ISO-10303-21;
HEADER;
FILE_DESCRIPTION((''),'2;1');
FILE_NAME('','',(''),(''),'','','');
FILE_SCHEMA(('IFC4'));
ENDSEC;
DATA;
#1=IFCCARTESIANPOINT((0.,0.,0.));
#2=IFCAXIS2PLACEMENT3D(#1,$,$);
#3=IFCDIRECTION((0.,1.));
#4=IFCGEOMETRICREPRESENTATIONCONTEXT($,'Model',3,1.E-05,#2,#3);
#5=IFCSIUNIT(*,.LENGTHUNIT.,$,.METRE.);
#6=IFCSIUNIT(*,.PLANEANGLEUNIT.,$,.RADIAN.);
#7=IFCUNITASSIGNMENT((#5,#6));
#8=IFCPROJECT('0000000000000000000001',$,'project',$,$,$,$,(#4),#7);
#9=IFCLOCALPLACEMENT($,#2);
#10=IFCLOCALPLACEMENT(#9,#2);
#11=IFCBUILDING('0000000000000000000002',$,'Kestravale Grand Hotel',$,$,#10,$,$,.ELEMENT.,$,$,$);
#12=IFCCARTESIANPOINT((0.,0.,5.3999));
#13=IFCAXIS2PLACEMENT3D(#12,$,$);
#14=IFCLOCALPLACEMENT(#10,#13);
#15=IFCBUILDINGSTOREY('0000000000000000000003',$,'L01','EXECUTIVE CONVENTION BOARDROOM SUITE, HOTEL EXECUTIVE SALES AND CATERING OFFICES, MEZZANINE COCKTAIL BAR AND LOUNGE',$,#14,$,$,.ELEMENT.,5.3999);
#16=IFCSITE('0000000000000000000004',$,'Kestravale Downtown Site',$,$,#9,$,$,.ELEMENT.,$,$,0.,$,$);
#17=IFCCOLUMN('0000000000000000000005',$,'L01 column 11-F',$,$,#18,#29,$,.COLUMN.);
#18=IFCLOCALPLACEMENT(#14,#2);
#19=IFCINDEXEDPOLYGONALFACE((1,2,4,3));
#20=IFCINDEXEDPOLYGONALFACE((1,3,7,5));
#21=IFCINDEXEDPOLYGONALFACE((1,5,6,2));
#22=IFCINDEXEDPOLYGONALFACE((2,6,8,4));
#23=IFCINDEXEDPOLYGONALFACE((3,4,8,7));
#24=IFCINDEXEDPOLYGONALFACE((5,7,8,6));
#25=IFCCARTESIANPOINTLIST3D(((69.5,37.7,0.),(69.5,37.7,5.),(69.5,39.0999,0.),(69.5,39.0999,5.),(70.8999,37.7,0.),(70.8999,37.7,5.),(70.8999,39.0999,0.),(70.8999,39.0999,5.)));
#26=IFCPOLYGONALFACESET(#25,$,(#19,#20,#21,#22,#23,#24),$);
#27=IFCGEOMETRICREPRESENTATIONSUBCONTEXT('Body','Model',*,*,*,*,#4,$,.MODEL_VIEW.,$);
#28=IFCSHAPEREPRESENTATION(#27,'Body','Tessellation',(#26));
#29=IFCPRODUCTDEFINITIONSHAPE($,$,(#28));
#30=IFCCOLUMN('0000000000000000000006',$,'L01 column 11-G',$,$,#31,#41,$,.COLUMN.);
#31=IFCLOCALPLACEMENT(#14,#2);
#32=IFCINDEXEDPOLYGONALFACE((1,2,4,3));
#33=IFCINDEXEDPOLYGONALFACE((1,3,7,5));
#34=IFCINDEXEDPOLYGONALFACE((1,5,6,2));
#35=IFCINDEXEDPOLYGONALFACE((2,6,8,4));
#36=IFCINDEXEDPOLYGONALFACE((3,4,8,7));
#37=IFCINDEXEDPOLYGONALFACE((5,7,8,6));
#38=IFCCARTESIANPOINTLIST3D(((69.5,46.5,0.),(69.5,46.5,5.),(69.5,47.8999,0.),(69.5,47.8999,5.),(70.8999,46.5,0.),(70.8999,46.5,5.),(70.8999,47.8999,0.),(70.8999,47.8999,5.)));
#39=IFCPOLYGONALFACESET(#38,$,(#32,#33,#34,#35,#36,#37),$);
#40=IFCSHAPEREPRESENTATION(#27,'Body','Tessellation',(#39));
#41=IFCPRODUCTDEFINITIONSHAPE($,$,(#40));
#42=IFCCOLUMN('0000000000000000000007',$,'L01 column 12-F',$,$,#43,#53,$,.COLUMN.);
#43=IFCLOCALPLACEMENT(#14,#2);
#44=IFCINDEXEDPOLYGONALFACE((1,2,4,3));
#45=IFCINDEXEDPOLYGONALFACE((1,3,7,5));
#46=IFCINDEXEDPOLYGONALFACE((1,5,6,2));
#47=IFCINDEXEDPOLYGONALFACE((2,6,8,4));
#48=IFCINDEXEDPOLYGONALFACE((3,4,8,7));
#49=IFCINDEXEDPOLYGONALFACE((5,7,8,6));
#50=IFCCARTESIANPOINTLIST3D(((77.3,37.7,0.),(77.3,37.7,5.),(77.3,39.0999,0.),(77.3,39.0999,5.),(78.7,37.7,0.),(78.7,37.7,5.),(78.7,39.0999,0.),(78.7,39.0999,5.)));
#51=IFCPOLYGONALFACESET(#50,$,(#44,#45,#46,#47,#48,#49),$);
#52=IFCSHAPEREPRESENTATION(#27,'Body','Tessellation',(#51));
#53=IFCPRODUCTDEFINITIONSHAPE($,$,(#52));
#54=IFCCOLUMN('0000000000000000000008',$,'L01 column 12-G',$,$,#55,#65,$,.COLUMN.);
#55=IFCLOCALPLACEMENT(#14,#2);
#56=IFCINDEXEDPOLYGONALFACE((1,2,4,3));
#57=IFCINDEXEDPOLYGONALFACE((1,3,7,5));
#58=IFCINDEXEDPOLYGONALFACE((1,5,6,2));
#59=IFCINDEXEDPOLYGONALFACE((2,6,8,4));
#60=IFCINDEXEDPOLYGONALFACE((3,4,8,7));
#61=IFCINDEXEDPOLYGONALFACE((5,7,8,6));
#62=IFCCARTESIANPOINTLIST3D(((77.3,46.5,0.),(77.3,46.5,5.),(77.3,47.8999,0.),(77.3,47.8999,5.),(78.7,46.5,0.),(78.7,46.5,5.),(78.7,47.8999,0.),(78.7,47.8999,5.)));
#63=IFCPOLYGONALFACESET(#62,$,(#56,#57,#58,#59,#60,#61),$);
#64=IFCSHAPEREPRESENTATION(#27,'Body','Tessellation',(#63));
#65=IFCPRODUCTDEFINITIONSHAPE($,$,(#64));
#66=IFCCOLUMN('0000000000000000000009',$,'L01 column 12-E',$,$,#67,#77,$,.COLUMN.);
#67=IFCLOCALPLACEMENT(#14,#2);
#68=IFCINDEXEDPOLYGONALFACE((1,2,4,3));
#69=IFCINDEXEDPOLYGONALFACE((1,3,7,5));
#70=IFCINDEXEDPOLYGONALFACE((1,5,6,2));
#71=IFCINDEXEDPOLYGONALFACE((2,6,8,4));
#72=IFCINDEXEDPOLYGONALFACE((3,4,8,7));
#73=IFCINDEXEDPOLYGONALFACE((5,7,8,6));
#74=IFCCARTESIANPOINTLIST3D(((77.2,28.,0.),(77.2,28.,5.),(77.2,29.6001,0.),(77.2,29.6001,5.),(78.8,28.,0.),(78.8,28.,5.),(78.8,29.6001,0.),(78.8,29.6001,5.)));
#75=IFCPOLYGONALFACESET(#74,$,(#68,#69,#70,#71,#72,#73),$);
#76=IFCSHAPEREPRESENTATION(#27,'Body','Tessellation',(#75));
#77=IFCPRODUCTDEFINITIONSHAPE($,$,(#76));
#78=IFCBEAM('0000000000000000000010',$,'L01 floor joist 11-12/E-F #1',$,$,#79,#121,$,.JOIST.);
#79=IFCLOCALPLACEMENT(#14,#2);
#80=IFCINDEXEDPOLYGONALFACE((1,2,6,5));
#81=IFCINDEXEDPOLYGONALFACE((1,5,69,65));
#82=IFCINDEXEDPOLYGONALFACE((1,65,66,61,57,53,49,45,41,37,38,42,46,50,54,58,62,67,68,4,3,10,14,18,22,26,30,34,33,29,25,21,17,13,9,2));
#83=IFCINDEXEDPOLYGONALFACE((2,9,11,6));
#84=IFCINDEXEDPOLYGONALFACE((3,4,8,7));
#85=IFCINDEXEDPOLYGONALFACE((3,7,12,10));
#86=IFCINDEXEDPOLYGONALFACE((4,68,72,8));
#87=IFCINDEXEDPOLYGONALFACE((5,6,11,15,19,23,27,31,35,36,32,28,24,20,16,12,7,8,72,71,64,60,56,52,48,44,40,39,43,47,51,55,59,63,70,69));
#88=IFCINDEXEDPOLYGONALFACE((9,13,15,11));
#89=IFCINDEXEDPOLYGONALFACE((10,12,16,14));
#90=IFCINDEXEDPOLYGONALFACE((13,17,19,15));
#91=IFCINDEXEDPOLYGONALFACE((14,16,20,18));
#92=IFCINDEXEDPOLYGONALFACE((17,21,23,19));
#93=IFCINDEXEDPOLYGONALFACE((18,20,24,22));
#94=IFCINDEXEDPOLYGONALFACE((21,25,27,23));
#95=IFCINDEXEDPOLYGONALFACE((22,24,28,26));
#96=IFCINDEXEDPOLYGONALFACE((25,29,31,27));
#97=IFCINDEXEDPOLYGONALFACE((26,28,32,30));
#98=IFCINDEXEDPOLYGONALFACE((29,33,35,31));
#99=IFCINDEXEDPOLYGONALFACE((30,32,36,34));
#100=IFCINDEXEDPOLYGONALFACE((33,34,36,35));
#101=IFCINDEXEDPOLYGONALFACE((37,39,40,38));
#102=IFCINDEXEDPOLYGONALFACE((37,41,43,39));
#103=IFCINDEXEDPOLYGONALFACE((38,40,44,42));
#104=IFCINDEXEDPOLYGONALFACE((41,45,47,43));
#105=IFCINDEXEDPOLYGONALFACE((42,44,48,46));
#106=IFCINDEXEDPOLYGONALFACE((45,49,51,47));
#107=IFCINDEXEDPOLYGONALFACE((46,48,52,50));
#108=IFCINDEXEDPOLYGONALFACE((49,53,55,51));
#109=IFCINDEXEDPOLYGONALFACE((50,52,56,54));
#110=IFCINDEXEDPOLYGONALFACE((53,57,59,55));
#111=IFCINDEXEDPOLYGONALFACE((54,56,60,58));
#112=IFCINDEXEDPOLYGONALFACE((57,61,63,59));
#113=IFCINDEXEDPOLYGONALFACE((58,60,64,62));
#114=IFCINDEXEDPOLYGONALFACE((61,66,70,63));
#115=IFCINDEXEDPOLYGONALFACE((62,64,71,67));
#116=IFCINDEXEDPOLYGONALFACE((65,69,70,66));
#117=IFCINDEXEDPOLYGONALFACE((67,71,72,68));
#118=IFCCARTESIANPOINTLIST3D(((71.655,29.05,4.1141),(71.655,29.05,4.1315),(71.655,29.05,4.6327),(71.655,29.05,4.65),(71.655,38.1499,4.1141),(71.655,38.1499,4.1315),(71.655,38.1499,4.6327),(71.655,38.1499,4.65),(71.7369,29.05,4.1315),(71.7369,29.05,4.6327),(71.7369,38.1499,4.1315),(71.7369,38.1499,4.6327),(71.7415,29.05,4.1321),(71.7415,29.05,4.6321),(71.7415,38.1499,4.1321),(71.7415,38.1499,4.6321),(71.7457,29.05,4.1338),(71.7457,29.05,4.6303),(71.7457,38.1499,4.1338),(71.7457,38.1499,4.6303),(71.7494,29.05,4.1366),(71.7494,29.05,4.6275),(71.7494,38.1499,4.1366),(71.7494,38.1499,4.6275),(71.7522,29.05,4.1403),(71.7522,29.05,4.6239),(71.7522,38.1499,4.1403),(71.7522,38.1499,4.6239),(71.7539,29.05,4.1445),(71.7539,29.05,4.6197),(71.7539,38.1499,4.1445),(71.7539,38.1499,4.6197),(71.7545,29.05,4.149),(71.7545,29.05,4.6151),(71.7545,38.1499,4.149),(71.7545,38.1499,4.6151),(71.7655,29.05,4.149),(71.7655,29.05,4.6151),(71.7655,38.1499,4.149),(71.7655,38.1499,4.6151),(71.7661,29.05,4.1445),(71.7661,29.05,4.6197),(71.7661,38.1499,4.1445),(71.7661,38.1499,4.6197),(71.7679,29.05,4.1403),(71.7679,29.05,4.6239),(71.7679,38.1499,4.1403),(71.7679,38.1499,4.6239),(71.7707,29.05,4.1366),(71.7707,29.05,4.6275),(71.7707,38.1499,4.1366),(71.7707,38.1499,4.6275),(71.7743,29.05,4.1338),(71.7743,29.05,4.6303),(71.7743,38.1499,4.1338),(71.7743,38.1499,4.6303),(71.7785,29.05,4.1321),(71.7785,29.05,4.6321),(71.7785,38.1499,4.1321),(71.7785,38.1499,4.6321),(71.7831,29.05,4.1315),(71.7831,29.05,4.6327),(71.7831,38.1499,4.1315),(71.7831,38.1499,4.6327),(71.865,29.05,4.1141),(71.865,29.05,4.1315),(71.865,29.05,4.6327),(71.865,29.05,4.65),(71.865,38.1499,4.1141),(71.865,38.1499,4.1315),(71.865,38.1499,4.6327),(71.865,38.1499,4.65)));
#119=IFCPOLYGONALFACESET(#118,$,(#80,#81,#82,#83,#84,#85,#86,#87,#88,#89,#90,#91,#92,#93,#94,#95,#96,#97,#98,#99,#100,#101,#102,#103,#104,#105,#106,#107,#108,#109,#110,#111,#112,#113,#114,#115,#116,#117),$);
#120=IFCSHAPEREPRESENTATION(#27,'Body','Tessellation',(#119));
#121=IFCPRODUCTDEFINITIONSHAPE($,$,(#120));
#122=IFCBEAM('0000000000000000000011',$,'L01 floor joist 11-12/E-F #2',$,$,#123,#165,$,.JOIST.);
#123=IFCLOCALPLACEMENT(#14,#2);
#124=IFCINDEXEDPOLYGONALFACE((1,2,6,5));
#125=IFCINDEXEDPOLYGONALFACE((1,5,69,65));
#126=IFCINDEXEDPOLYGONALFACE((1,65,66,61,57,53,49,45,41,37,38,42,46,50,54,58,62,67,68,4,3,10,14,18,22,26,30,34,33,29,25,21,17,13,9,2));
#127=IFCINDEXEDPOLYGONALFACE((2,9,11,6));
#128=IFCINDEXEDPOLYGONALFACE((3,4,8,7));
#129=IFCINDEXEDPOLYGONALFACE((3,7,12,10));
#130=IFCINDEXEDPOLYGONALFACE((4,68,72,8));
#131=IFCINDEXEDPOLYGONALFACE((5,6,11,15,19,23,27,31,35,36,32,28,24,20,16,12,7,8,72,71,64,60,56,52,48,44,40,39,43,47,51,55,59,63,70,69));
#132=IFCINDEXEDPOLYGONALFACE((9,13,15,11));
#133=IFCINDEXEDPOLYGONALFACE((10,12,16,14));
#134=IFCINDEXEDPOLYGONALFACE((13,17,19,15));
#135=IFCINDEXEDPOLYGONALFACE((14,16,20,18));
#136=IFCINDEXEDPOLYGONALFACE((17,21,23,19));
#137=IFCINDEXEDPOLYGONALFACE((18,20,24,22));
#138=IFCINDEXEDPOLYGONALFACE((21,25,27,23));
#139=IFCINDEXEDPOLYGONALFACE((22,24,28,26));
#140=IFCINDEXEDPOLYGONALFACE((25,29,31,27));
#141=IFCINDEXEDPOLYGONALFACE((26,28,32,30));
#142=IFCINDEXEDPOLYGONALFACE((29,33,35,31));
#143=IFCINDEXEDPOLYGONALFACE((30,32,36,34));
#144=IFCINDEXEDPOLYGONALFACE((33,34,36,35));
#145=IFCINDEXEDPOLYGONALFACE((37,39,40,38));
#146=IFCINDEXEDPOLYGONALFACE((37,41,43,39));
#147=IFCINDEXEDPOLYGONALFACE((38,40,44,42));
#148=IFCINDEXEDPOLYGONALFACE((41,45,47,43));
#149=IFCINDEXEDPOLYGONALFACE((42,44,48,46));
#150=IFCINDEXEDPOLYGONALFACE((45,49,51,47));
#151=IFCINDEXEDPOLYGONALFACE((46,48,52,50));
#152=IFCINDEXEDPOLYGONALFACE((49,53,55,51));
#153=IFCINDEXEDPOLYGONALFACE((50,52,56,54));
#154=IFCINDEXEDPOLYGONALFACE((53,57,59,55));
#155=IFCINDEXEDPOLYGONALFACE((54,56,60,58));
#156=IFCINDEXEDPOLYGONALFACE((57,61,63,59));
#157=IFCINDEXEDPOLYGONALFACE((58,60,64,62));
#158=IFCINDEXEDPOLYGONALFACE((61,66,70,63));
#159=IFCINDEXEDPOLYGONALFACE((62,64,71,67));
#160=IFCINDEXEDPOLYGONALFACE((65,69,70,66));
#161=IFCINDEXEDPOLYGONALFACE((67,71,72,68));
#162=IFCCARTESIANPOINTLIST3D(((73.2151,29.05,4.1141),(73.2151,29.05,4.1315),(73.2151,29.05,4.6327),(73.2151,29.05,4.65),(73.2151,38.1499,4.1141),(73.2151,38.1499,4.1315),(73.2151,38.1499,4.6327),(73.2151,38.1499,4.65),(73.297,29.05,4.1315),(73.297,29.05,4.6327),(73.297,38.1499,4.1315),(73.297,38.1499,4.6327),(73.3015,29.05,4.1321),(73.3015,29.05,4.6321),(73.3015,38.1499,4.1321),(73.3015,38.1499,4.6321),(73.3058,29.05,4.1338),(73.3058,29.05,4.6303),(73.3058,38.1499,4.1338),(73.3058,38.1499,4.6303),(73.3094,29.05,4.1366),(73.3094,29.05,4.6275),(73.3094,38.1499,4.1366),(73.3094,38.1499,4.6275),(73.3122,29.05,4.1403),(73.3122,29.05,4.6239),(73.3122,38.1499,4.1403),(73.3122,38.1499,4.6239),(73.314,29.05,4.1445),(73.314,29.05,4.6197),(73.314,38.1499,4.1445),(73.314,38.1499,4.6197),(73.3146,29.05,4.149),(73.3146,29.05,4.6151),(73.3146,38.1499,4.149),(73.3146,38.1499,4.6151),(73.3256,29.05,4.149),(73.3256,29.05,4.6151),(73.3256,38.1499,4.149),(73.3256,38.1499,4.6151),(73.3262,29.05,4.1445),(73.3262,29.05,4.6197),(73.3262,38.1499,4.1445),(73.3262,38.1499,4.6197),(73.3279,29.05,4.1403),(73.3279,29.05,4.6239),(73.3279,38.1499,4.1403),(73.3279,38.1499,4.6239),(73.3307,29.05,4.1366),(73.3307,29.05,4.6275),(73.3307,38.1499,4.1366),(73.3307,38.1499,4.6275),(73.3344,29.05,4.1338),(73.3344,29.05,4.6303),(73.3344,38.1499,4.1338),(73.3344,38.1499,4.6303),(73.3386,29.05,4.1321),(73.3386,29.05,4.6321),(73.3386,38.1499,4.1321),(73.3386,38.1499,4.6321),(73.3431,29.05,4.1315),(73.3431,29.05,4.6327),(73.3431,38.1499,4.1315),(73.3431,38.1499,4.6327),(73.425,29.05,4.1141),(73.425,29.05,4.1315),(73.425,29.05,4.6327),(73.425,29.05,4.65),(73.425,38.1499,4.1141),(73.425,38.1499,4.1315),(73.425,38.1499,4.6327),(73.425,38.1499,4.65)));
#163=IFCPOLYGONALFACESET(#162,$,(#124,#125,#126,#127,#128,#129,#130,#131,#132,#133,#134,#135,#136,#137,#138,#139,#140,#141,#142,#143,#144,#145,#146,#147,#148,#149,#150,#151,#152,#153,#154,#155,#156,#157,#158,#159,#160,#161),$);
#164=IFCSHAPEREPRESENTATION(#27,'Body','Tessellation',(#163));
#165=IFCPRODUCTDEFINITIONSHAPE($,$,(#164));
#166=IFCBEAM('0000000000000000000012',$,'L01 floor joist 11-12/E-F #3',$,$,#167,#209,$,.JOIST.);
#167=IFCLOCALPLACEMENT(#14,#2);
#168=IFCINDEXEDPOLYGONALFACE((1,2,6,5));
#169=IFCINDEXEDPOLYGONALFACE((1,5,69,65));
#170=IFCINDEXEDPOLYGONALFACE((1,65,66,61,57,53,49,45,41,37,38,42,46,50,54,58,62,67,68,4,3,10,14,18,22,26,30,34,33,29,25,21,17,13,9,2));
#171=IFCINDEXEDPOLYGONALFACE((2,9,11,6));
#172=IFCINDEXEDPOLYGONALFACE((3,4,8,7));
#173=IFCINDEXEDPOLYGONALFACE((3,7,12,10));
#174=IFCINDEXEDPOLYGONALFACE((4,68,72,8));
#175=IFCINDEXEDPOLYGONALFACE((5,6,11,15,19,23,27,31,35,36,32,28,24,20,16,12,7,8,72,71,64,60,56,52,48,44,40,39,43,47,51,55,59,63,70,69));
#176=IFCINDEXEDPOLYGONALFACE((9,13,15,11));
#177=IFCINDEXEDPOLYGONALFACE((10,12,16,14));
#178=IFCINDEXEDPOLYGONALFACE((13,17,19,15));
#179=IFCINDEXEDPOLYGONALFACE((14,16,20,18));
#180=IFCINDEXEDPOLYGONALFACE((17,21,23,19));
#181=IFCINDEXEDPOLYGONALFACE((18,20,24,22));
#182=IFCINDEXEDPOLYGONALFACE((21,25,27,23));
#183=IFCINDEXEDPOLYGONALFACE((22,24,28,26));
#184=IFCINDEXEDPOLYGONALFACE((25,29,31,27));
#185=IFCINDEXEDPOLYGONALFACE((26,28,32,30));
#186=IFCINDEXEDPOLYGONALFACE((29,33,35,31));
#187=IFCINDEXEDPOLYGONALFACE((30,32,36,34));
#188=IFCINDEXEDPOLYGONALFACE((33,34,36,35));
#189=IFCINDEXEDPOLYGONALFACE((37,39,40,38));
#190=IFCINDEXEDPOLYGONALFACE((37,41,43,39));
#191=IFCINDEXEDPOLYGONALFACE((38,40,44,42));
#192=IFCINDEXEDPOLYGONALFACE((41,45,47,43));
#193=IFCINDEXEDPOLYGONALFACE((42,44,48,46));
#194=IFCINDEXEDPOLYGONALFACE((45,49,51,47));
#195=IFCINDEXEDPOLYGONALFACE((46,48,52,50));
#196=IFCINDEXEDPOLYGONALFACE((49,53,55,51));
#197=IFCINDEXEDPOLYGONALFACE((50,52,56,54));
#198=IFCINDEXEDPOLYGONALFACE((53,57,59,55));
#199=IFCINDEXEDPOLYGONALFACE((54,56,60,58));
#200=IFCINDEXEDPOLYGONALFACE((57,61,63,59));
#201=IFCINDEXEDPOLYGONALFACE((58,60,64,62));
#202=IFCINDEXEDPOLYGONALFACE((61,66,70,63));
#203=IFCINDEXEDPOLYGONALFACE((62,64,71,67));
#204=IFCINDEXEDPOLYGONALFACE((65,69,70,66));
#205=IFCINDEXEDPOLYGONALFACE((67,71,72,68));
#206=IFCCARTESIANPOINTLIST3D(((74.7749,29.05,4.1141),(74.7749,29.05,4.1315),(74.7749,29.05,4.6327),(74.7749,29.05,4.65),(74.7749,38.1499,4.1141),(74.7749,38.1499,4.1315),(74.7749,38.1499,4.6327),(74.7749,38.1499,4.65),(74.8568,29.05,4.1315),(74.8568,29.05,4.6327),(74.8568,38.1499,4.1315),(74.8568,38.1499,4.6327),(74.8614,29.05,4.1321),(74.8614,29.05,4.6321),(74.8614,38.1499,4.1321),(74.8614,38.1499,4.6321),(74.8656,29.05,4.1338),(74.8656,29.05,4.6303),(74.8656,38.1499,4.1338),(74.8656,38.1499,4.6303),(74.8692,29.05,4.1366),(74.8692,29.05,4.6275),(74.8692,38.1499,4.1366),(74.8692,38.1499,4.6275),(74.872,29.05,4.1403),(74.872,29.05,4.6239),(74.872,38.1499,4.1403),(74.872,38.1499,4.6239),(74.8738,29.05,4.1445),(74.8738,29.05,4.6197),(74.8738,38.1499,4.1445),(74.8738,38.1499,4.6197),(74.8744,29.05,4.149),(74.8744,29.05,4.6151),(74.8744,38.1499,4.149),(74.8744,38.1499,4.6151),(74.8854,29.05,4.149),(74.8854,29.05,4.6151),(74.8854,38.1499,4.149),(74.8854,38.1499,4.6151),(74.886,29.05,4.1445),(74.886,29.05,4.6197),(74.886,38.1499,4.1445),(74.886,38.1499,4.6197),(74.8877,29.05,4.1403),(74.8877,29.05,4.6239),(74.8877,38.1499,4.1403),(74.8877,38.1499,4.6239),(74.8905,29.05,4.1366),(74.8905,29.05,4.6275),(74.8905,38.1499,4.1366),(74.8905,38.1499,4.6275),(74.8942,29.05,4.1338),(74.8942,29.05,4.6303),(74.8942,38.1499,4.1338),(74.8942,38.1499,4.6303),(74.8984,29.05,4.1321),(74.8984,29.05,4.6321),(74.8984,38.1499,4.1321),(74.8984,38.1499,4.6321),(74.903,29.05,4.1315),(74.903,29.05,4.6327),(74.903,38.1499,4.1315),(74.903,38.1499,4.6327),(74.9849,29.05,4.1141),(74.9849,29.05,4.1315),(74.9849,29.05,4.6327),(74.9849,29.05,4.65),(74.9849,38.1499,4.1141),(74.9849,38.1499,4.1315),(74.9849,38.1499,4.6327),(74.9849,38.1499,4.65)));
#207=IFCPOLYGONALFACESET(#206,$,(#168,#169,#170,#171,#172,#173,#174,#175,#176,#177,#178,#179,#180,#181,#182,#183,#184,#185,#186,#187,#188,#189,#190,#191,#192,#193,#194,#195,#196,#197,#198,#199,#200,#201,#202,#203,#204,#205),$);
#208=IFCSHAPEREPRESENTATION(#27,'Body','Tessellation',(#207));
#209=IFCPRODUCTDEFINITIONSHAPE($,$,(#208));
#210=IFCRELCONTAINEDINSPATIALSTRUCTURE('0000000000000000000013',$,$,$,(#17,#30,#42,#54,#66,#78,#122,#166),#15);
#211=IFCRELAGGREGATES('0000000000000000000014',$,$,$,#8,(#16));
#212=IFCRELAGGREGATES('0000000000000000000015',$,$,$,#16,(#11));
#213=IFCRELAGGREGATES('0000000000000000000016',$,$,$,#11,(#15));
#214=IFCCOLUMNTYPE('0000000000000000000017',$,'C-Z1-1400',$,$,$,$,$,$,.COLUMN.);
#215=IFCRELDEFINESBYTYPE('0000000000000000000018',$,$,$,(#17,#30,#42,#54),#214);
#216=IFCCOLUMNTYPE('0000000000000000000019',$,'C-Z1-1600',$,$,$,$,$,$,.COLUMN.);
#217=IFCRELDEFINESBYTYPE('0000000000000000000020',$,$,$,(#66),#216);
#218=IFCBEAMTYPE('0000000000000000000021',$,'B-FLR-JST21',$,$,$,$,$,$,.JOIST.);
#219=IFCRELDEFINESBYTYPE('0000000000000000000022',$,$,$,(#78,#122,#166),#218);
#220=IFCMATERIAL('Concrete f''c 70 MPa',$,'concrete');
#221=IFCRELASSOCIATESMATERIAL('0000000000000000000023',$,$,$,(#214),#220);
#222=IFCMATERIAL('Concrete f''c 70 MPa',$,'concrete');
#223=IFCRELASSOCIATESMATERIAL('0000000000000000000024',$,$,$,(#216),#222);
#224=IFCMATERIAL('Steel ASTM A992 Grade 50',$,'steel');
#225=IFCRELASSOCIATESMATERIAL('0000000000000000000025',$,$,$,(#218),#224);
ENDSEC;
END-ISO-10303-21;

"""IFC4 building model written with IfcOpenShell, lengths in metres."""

from ifc_helpers import new_model, si_unit, direction, frame, origin, origin_2d, place, context, subcontext, project, spatial, rectangle, i_section, extrude, material, material_profile, profile_set, type_object, element, save


model = new_model("IFC4")

# Units and contexts
model_context = context("Model", 3, precision=1e-05, world=origin(), true_north=direction((0.0, 1.0)))
body_context = subcontext(model_context, "Body", "Model", "MODEL_VIEW")
ifc_project = project(units=[si_unit("LENGTHUNIT", "METRE"), si_unit("PLANEANGLEUNIT", "RADIAN")], contexts=[model_context])

# Site, building, storey
site_placement = place(None, origin())
site = spatial("IfcSite", under=ifc_project, at=site_placement, Name="Kestravale Downtown Site", CompositionType="ELEMENT", RefElevation=0.0)
building_placement = place(site_placement, origin())
building = spatial("IfcBuilding", under=site, at=building_placement, Name="Kestravale Grand Hotel", CompositionType="ELEMENT")
storey_placement = place(building_placement, frame((0.0, 0.0, 5.3999)))
storey = spatial("IfcBuildingStorey", under=building, at=storey_placement, Name="L01", Description="EXECUTIVE CONVENTION BOARDROOM SUITE, HOTEL EXECUTIVE SALES AND CATERING OFFICES, MEZZANINE COCKTAIL BAR AND LOUNGE", CompositionType="ELEMENT", Elevation=5.3999)

# Columns
ifc_material_1 = material(Name="Concrete f'c 70 MPa", Category="concrete")
ifc_material_profile_1 = material_profile(ifc_material_1, rectangle(XDim=1.3999, YDim=1.3999, at=origin_2d()))
ifc_profile_set_1 = profile_set([ifc_material_profile_1], Name="Concrete f'c 70 MPa")
column_type_1 = type_object("IfcColumnType", Name="C-Z1-1400", PredefinedType="COLUMN", material=ifc_profile_set_1)
for number, where, z_axis, x_axis, name in (
    (1, (70.2, 38.3999, 0.0), (0.0, 0.0, 1.0), (1.0, 0.0, 0.0), "L01 column 11-F"),
    (2, (70.2, 47.2, 0.0), (0.0, 0.0, 1.0), (1.0, 0.0, 0.0), "L01 column 11-G"),
    (3, (78.0, 38.3999, 0.0), (0.0, 0.0, 1.0), (1.0, 0.0, 0.0), "L01 column 12-F"),
    (4, (78.0, 47.2, 0.0), (0.0, 0.0, 1.0), (1.0, 0.0, 0.0), "L01 column 12-G"),
):
    element("IfcColumn", number, at=place(storey_placement, frame(where, z_axis=z_axis, x_axis=x_axis)), inside=storey, type_object=column_type_1, Name=name, PredefinedType="COLUMN", context=body_context, shape_type="SweptSolid", body=[
        extrude(rectangle(XDim=1.3999, YDim=1.3999, at=origin_2d()), origin(), (0.0, 0.0, 1.0), 5.0),
    ])
ifc_material_2 = material(Name="Concrete f'c 70 MPa", Category="concrete")
ifc_material_profile_2 = material_profile(ifc_material_2, rectangle(XDim=1.6001, YDim=1.6001, at=origin_2d()))
ifc_profile_set_2 = profile_set([ifc_material_profile_2], Name="Concrete f'c 70 MPa")
column_type_2 = type_object("IfcColumnType", Name="C-Z1-1600", PredefinedType="COLUMN", material=ifc_profile_set_2)
column_placement = place(storey_placement, frame((78.0, 28.8, 0.0), z_axis=(0.0, 0.0, 1.0), x_axis=(1.0, 0.0, 0.0)))
element("IfcColumn", 5, at=column_placement, inside=storey, type_object=column_type_2, Name="L01 column 12-E", PredefinedType="COLUMN", context=body_context, shape_type="SweptSolid", body=[
    extrude(rectangle(XDim=1.6001, YDim=1.6001, at=origin_2d()), origin(), (0.0, 0.0, 1.0), 5.0),
])

# Beams
ifc_material_3 = material(Name="Steel ASTM A992 Grade 50", Category="steel")
ifc_material_profile_3 = material_profile(ifc_material_3, i_section(OverallWidth=0.21, OverallDepth=0.5359, WebThickness=0.011, FlangeThickness=0.0173, FilletRadius=0.0176, at=origin_2d()))
ifc_profile_set_3 = profile_set([ifc_material_profile_3], Name="Steel ASTM A992 Grade 50")
beam_type_1 = type_object("IfcBeamType", Name="B-FLR-JST21", PredefinedType="JOIST", material=ifc_profile_set_3)
for number, where, z_axis, x_axis, name in (
    (6, (71.76, 29.05, 4.3821), (0.0, 1.0, 0.0), (-1.0, 0.0, 0.0), "L01 floor joist 11-12/E-F #1"),
    (7, (73.3201, 29.05, 4.3821), (0.0, 1.0, 0.0), (-1.0, 0.0, 0.0), "L01 floor joist 11-12/E-F #2"),
    (8, (74.8799, 29.05, 4.3821), (0.0, 1.0, 0.0), (-1.0, 0.0, 0.0), "L01 floor joist 11-12/E-F #3"),
):
    element("IfcBeam", number, at=place(storey_placement, frame(where, z_axis=z_axis, x_axis=x_axis)), inside=storey, type_object=beam_type_1, Name=name, PredefinedType="JOIST", context=body_context, shape_type="SweptSolid", body=[
        extrude(i_section(OverallWidth=0.21, OverallDepth=0.5359, WebThickness=0.011, FlangeThickness=0.0173, FilletRadius=0.0176, at=origin_2d()), origin(), (0.0, 0.0, 1.0), 9.0999),
    ])

save(model, "model.ifc")
